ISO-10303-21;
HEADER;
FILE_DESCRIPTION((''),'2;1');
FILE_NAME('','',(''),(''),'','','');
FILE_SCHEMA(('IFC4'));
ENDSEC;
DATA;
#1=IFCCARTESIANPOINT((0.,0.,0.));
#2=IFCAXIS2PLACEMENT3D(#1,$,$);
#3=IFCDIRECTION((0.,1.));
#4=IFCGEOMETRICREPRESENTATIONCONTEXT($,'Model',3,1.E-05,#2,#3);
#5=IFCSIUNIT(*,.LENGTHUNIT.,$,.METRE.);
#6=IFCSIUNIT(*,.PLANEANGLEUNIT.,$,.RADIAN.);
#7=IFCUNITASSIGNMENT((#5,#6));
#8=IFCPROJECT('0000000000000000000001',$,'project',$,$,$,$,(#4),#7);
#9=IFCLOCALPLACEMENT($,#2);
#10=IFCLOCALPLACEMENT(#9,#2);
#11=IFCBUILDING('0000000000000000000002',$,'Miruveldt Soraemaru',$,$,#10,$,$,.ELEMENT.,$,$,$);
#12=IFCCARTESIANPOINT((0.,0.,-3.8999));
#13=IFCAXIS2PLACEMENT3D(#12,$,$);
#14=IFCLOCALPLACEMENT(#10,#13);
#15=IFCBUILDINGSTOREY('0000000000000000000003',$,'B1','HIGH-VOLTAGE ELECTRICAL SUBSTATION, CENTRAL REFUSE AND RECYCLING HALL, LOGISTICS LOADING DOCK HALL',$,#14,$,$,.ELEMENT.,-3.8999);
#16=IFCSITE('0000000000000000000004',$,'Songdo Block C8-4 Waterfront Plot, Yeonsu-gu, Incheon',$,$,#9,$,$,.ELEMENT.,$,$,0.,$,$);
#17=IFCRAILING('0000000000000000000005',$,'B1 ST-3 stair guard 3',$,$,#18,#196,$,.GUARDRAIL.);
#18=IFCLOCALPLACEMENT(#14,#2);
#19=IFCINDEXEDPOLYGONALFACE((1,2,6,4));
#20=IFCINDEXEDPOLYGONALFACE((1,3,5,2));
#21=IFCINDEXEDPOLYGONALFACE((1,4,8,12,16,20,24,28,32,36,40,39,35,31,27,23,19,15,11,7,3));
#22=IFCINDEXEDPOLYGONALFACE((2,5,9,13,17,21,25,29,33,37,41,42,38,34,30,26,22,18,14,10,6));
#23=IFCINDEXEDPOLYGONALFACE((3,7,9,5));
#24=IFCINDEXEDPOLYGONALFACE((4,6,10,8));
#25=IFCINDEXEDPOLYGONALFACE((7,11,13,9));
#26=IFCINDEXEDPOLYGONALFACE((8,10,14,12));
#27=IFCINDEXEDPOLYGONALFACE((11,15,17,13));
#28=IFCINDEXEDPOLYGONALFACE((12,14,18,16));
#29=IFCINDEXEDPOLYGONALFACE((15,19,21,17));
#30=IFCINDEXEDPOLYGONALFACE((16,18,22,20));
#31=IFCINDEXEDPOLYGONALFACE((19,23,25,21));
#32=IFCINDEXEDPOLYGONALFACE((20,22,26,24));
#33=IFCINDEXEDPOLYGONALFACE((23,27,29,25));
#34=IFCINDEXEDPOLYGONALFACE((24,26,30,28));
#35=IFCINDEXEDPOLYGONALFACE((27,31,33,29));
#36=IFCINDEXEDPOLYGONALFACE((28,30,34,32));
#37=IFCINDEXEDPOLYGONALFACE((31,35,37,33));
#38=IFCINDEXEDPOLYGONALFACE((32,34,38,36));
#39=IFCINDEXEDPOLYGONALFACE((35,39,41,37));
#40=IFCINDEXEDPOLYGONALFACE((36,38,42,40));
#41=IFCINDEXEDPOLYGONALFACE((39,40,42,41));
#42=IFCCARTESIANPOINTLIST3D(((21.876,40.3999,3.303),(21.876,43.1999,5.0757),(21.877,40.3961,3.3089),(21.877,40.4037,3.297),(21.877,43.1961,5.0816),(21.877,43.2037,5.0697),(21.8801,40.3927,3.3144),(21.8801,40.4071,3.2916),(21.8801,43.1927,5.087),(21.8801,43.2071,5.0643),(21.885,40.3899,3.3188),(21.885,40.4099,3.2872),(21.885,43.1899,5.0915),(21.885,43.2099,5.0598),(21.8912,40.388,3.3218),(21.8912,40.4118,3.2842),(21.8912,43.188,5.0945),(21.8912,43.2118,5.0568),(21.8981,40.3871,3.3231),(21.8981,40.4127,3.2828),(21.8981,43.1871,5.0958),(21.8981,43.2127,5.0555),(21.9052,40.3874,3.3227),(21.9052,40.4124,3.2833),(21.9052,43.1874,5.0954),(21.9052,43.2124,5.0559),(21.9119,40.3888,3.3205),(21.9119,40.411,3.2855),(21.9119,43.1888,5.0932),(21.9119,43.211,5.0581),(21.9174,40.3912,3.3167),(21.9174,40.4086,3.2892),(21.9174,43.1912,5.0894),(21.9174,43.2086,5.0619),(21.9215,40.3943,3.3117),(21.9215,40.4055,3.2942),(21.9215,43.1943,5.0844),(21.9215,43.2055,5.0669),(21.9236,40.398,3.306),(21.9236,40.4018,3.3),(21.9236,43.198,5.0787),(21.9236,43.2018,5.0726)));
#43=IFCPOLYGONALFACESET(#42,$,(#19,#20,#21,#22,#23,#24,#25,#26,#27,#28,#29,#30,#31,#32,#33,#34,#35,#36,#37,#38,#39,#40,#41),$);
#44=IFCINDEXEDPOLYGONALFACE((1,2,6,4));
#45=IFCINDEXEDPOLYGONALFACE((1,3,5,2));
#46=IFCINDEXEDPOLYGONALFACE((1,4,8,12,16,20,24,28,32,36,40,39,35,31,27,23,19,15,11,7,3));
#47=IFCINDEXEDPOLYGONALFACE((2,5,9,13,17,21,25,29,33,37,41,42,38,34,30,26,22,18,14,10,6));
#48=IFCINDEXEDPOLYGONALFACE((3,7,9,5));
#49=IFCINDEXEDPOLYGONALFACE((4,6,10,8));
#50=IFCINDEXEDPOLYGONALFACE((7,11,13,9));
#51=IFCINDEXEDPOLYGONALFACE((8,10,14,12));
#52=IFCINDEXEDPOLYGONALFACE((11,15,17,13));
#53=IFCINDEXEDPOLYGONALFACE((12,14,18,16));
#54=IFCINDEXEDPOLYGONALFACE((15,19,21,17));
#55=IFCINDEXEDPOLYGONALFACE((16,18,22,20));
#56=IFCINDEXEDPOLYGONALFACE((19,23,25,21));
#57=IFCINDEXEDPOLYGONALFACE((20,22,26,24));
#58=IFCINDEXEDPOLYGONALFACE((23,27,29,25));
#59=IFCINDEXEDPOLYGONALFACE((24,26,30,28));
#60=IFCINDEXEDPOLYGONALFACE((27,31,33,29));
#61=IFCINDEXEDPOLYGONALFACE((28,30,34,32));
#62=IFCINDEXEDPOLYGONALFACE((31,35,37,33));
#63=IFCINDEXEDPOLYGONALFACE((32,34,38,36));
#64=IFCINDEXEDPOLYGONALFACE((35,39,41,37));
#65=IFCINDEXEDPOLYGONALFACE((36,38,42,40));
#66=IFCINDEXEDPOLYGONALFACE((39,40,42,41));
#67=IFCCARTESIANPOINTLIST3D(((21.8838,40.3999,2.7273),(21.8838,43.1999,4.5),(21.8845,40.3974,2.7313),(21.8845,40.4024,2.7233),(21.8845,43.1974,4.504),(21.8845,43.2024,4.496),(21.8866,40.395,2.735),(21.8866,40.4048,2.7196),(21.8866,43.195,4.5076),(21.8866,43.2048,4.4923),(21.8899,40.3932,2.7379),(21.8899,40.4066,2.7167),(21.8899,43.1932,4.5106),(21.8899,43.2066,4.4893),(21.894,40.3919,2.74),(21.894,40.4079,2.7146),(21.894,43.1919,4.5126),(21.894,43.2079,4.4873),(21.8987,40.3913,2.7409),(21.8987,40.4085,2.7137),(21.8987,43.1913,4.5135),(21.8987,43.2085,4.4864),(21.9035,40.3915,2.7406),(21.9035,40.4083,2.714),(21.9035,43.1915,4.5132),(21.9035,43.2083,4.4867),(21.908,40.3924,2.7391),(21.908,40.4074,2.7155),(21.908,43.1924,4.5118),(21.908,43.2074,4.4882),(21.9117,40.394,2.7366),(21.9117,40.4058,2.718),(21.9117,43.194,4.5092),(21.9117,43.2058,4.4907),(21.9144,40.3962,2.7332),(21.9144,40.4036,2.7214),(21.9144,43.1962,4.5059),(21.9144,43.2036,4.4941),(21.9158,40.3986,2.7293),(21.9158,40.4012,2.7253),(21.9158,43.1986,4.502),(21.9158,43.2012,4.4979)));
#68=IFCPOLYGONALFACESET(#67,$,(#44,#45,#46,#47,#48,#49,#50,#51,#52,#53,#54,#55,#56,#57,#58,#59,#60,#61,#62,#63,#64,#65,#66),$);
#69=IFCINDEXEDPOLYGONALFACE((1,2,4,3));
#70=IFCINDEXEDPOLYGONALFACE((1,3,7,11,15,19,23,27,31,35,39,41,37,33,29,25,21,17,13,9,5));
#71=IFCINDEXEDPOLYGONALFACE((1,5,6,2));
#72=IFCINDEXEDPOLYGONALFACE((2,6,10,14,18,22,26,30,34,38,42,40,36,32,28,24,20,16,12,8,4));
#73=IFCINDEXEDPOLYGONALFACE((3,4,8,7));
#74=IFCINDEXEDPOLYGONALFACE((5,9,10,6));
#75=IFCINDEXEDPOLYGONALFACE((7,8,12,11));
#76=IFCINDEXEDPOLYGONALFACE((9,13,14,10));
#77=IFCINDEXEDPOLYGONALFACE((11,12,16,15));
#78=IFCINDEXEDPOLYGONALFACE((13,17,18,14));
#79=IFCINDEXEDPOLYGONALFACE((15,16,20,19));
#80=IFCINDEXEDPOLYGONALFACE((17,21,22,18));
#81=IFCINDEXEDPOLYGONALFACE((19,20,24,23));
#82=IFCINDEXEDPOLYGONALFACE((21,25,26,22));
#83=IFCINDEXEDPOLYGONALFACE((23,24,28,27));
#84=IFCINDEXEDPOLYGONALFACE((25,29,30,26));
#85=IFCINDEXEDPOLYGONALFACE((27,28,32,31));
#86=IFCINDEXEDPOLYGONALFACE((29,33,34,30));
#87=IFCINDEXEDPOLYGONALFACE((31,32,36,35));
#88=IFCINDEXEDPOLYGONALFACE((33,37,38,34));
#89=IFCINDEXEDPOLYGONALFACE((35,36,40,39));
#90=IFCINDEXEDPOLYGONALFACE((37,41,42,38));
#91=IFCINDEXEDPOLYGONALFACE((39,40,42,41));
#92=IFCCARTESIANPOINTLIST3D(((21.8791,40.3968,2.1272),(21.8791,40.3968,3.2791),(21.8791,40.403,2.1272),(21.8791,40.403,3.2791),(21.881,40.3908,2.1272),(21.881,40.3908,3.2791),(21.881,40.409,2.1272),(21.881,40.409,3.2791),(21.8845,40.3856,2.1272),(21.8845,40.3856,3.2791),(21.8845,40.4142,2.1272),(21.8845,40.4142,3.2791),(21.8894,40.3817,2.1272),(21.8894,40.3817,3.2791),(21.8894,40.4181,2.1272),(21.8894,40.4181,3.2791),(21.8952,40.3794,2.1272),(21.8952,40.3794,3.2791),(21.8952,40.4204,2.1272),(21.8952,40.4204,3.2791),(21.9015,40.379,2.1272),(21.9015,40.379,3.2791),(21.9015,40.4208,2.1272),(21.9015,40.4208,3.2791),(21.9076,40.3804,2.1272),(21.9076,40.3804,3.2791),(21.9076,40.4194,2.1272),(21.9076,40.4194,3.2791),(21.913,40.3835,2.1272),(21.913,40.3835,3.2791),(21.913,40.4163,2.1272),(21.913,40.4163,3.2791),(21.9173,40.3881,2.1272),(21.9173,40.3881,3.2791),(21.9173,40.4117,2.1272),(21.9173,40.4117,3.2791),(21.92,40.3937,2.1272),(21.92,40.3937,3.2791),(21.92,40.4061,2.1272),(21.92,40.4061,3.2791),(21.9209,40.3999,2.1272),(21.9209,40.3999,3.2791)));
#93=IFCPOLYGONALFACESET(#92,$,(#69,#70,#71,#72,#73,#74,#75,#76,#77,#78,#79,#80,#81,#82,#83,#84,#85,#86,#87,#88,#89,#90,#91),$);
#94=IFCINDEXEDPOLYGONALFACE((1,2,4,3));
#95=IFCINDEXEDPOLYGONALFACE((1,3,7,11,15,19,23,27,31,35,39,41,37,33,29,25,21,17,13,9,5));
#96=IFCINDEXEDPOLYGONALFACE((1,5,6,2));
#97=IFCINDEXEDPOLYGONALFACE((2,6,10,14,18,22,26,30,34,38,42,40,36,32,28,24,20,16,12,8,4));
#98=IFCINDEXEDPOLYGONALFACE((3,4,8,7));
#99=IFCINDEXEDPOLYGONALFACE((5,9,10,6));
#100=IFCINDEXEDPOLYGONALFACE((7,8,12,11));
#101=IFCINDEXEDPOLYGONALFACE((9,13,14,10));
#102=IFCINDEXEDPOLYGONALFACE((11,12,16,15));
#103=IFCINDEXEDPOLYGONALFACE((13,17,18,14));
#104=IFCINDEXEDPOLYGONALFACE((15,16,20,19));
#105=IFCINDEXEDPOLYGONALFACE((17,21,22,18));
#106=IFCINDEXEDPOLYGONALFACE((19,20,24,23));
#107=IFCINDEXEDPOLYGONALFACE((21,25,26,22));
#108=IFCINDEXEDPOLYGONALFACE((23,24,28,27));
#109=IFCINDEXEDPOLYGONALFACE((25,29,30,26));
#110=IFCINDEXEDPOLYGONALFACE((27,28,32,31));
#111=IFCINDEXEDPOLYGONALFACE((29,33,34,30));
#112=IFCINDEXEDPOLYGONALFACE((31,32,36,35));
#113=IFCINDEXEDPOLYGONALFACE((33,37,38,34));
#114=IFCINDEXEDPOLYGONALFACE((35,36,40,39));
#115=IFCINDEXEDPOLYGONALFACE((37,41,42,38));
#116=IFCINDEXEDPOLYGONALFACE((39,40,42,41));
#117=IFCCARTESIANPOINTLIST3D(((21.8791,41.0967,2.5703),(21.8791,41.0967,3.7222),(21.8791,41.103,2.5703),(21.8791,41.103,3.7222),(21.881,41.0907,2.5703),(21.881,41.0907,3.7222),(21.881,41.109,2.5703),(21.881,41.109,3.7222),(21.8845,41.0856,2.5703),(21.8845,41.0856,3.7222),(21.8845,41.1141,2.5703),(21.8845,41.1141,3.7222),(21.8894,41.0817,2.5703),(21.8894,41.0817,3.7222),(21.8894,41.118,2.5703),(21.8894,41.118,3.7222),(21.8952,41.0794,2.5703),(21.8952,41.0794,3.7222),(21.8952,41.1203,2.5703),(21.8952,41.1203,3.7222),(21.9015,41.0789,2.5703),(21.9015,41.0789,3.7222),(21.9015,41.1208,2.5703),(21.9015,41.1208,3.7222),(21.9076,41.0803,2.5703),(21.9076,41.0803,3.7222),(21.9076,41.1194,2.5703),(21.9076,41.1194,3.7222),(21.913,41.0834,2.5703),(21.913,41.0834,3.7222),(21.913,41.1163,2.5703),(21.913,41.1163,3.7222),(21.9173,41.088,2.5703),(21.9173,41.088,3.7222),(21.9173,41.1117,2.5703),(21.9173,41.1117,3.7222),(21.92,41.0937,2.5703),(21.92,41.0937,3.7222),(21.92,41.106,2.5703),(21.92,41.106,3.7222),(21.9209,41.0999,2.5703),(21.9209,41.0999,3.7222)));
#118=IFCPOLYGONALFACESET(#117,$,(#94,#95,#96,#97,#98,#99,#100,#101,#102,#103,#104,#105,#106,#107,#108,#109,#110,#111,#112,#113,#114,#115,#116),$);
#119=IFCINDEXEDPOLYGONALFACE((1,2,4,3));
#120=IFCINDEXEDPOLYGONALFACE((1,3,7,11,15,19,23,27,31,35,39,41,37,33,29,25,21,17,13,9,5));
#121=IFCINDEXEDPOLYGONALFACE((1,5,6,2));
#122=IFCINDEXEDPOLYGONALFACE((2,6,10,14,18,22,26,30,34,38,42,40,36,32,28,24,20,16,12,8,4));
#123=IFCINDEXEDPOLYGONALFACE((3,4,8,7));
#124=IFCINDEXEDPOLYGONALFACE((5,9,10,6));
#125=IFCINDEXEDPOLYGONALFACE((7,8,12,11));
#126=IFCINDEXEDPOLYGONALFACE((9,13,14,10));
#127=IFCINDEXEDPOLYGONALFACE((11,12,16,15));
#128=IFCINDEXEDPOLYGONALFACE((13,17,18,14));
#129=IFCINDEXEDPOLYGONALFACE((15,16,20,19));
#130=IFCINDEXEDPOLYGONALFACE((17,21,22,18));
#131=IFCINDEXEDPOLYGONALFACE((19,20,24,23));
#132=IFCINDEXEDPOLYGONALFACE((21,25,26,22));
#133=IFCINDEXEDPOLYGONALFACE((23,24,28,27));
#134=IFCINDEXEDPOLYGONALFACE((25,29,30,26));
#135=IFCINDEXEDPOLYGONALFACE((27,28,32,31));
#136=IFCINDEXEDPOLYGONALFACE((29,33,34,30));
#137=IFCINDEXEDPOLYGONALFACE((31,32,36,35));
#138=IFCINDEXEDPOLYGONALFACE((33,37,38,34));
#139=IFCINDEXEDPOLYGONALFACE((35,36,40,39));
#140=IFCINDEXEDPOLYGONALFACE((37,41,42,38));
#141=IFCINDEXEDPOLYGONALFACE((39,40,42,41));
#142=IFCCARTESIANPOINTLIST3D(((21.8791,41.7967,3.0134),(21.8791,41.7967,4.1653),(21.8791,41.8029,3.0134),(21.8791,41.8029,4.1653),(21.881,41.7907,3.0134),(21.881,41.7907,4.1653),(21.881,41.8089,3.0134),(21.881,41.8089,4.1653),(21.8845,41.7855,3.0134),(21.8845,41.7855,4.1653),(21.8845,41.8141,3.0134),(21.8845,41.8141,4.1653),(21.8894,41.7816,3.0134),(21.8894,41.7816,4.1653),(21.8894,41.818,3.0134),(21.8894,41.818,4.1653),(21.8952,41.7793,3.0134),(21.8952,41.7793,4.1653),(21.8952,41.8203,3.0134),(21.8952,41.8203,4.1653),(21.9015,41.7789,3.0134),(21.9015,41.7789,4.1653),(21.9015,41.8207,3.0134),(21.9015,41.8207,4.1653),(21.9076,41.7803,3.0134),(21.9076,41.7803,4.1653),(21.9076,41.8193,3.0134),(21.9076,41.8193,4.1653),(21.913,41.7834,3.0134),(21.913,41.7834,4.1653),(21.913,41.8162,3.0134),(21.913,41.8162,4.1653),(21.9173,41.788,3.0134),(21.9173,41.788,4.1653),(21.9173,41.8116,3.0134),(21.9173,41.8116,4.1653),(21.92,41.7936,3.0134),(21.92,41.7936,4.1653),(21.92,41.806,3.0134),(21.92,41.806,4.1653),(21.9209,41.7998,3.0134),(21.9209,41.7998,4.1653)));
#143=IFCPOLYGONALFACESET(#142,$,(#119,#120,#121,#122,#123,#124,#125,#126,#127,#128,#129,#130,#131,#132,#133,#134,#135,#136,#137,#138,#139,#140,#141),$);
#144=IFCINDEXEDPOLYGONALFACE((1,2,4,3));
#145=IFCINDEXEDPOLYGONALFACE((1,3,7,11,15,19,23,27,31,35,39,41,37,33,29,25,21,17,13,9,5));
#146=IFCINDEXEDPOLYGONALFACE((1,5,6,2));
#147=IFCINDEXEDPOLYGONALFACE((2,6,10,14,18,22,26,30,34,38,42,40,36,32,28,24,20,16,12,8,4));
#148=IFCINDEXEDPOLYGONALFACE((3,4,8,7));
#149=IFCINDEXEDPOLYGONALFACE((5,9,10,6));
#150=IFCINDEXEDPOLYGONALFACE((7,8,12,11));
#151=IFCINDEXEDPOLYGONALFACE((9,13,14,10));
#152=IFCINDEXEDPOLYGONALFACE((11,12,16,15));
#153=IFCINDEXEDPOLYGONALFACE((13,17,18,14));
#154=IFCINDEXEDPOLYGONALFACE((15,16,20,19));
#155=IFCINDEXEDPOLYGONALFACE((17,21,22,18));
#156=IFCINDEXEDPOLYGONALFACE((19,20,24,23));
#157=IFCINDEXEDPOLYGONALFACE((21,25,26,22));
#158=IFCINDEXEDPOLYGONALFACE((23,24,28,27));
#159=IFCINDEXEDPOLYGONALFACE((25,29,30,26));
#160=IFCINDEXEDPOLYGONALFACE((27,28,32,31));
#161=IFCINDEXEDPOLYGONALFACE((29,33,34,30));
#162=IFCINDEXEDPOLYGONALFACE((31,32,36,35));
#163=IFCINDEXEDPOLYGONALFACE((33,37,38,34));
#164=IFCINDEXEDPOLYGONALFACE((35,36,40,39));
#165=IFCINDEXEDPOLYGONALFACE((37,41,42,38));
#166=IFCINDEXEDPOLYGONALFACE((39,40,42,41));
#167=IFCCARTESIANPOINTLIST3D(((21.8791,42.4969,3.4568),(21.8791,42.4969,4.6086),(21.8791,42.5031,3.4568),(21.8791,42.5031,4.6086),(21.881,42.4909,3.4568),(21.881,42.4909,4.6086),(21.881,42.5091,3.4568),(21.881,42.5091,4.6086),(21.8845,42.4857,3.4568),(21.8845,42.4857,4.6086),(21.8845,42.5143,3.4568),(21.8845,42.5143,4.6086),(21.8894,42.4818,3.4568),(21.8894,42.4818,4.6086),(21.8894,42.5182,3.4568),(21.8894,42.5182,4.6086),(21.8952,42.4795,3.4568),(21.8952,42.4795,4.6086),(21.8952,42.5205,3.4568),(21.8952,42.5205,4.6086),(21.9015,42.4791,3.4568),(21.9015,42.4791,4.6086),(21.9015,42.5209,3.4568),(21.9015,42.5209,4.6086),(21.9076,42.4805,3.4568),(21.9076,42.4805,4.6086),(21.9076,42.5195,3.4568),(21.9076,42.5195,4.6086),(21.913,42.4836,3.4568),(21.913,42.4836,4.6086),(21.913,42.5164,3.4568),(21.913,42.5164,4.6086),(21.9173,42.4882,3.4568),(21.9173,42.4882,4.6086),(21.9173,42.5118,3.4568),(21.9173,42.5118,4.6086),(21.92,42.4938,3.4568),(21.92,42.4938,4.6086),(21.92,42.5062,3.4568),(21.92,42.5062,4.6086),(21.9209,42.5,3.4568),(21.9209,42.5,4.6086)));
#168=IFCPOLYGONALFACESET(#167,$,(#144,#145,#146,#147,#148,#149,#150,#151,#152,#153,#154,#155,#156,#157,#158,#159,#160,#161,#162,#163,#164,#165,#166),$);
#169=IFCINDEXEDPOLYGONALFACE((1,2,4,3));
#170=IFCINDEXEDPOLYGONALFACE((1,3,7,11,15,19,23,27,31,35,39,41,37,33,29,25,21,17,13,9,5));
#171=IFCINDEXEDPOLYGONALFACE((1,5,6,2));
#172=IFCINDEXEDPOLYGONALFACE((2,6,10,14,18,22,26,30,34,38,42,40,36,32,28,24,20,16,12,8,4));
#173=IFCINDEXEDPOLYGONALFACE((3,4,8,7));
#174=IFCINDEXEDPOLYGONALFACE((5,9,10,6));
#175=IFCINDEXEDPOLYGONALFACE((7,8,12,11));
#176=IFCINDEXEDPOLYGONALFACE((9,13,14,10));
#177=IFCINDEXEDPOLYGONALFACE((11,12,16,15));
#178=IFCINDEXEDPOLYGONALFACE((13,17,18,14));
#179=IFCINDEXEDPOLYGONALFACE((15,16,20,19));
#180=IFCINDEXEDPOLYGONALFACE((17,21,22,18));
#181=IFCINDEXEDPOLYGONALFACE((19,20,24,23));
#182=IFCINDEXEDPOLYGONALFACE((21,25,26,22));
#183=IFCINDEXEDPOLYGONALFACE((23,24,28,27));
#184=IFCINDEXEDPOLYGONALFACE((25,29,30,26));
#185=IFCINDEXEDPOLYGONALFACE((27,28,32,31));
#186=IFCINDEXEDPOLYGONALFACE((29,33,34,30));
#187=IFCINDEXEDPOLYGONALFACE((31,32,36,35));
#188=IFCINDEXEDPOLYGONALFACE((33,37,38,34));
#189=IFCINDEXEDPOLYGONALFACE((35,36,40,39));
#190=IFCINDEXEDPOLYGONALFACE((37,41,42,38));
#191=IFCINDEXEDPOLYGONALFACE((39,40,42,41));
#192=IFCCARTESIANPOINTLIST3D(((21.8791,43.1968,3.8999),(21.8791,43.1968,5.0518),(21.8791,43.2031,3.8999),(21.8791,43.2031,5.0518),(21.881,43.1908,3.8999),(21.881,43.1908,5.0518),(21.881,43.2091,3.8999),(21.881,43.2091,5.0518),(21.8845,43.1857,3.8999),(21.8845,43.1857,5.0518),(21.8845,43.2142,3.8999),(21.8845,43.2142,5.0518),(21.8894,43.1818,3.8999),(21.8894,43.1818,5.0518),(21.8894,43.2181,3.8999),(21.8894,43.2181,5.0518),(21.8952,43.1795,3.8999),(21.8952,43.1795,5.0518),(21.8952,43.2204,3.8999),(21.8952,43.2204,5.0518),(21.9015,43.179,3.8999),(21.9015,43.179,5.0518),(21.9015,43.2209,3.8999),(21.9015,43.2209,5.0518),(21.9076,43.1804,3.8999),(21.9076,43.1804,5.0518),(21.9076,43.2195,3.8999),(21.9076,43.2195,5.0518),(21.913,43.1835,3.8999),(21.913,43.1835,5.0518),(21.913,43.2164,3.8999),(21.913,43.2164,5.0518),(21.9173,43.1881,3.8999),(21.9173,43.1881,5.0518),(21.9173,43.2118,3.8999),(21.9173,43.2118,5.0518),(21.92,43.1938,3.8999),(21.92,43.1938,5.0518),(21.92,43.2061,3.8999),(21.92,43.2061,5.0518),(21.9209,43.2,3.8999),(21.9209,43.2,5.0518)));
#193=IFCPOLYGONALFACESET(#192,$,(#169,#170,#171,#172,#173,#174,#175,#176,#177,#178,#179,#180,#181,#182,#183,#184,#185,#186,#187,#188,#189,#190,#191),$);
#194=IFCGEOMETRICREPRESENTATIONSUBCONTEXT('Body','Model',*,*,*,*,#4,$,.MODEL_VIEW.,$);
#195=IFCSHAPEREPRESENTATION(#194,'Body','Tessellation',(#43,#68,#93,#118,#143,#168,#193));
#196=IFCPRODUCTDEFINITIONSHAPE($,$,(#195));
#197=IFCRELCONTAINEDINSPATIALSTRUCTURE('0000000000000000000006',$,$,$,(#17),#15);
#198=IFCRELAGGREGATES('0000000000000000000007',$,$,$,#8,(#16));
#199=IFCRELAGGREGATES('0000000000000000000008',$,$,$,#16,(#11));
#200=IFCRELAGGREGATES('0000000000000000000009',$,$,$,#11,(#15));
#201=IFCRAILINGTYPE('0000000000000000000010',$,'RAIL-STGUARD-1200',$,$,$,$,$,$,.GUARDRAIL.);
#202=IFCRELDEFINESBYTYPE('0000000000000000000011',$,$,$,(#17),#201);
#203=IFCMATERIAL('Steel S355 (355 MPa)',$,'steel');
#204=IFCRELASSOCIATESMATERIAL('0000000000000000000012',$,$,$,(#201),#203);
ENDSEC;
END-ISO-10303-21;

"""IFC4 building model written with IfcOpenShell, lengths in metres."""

from ifc_helpers import new_model, si_unit, direction, frame, origin, origin_2d, place, context, subcontext, project, spatial, circle, extrude, material, type_object, element, save


model = new_model("IFC4")

# Units and contexts
model_context = context("Model", 3, precision=1e-05, world=origin(), true_north=direction((0.0, 1.0)))
body_context = subcontext(model_context, "Body", "Model", "MODEL_VIEW")
ifc_project = project(units=[si_unit("LENGTHUNIT", "METRE"), si_unit("PLANEANGLEUNIT", "RADIAN")], contexts=[model_context])

# Site, building, storey
site_placement = place(None, origin())
site = spatial("IfcSite", under=ifc_project, at=site_placement, Name="Songdo Block C8-4 Waterfront Plot, Yeonsu-gu, Incheon", CompositionType="ELEMENT", RefElevation=0.0)
building_placement = place(site_placement, origin())
building = spatial("IfcBuilding", under=site, at=building_placement, Name="Miruveldt Soraemaru", CompositionType="ELEMENT")
storey_placement = place(building_placement, frame((0.0, 0.0, -3.8999)))
storey = spatial("IfcBuildingStorey", under=building, at=storey_placement, Name="B1", Description="HIGH-VOLTAGE ELECTRICAL SUBSTATION, CENTRAL REFUSE AND RECYCLING HALL, LOGISTICS LOADING DOCK HALL", CompositionType="ELEMENT", Elevation=-3.8999)

# Railing
ifc_material_1 = material(Name="Steel S355 (355 MPa)", Category="steel")
railing_type_1 = type_object("IfcRailingType", Name="RAIL-STGUARD-1200", PredefinedType="GUARDRAIL", material=ifc_material_1)
railing_1_placement = place(storey_placement, frame((21.8999, 40.3999, 2.1272)))
element("IfcRailing", 1, at=railing_1_placement, inside=storey, type_object=railing_type_1, Name="B1 ST-3 stair guard 3", PredefinedType="GUARDRAIL", context=body_context, shape_type="SweptSolid", body=[
    extrude(circle(Radius=0.0239, at=origin_2d()), frame((0.0, 0.0, 1.1758), z_axis=(0.0, 0.844909, 0.53491), x_axis=(-1.0, 0.0, 0.0)), (0.0, 0.0, 1.0), 3.314),
    extrude(circle(Radius=0.0161, at=origin_2d()), frame((0.0, 0.0, 0.6001), z_axis=(0.0, 0.844909, 0.53491), x_axis=(-1.0, 0.0, 0.0)), (0.0, 0.0, 1.0), 3.314),
    extrude(circle(Radius=0.021, at=origin_2d()), origin(), (0.0, 0.0, 1.0), 1.1519),
    extrude(circle(Radius=0.021, at=origin_2d()), frame((0.0, 0.7, 0.4431)), (0.0, 0.0, 1.0), 1.1519),
    extrude(circle(Radius=0.021, at=origin_2d()), frame((0.0, 1.3999, 0.8862)), (0.0, 0.0, 1.0), 1.1519),
    extrude(circle(Radius=0.021, at=origin_2d()), frame((0.0, 2.1001, 1.3296)), (0.0, 0.0, 1.0), 1.1519),
    extrude(circle(Radius=0.021, at=origin_2d()), frame((0.0, 2.8, 1.7727)), (0.0, 0.0, 1.0), 1.1519),
])

save(model, "model.ifc")
